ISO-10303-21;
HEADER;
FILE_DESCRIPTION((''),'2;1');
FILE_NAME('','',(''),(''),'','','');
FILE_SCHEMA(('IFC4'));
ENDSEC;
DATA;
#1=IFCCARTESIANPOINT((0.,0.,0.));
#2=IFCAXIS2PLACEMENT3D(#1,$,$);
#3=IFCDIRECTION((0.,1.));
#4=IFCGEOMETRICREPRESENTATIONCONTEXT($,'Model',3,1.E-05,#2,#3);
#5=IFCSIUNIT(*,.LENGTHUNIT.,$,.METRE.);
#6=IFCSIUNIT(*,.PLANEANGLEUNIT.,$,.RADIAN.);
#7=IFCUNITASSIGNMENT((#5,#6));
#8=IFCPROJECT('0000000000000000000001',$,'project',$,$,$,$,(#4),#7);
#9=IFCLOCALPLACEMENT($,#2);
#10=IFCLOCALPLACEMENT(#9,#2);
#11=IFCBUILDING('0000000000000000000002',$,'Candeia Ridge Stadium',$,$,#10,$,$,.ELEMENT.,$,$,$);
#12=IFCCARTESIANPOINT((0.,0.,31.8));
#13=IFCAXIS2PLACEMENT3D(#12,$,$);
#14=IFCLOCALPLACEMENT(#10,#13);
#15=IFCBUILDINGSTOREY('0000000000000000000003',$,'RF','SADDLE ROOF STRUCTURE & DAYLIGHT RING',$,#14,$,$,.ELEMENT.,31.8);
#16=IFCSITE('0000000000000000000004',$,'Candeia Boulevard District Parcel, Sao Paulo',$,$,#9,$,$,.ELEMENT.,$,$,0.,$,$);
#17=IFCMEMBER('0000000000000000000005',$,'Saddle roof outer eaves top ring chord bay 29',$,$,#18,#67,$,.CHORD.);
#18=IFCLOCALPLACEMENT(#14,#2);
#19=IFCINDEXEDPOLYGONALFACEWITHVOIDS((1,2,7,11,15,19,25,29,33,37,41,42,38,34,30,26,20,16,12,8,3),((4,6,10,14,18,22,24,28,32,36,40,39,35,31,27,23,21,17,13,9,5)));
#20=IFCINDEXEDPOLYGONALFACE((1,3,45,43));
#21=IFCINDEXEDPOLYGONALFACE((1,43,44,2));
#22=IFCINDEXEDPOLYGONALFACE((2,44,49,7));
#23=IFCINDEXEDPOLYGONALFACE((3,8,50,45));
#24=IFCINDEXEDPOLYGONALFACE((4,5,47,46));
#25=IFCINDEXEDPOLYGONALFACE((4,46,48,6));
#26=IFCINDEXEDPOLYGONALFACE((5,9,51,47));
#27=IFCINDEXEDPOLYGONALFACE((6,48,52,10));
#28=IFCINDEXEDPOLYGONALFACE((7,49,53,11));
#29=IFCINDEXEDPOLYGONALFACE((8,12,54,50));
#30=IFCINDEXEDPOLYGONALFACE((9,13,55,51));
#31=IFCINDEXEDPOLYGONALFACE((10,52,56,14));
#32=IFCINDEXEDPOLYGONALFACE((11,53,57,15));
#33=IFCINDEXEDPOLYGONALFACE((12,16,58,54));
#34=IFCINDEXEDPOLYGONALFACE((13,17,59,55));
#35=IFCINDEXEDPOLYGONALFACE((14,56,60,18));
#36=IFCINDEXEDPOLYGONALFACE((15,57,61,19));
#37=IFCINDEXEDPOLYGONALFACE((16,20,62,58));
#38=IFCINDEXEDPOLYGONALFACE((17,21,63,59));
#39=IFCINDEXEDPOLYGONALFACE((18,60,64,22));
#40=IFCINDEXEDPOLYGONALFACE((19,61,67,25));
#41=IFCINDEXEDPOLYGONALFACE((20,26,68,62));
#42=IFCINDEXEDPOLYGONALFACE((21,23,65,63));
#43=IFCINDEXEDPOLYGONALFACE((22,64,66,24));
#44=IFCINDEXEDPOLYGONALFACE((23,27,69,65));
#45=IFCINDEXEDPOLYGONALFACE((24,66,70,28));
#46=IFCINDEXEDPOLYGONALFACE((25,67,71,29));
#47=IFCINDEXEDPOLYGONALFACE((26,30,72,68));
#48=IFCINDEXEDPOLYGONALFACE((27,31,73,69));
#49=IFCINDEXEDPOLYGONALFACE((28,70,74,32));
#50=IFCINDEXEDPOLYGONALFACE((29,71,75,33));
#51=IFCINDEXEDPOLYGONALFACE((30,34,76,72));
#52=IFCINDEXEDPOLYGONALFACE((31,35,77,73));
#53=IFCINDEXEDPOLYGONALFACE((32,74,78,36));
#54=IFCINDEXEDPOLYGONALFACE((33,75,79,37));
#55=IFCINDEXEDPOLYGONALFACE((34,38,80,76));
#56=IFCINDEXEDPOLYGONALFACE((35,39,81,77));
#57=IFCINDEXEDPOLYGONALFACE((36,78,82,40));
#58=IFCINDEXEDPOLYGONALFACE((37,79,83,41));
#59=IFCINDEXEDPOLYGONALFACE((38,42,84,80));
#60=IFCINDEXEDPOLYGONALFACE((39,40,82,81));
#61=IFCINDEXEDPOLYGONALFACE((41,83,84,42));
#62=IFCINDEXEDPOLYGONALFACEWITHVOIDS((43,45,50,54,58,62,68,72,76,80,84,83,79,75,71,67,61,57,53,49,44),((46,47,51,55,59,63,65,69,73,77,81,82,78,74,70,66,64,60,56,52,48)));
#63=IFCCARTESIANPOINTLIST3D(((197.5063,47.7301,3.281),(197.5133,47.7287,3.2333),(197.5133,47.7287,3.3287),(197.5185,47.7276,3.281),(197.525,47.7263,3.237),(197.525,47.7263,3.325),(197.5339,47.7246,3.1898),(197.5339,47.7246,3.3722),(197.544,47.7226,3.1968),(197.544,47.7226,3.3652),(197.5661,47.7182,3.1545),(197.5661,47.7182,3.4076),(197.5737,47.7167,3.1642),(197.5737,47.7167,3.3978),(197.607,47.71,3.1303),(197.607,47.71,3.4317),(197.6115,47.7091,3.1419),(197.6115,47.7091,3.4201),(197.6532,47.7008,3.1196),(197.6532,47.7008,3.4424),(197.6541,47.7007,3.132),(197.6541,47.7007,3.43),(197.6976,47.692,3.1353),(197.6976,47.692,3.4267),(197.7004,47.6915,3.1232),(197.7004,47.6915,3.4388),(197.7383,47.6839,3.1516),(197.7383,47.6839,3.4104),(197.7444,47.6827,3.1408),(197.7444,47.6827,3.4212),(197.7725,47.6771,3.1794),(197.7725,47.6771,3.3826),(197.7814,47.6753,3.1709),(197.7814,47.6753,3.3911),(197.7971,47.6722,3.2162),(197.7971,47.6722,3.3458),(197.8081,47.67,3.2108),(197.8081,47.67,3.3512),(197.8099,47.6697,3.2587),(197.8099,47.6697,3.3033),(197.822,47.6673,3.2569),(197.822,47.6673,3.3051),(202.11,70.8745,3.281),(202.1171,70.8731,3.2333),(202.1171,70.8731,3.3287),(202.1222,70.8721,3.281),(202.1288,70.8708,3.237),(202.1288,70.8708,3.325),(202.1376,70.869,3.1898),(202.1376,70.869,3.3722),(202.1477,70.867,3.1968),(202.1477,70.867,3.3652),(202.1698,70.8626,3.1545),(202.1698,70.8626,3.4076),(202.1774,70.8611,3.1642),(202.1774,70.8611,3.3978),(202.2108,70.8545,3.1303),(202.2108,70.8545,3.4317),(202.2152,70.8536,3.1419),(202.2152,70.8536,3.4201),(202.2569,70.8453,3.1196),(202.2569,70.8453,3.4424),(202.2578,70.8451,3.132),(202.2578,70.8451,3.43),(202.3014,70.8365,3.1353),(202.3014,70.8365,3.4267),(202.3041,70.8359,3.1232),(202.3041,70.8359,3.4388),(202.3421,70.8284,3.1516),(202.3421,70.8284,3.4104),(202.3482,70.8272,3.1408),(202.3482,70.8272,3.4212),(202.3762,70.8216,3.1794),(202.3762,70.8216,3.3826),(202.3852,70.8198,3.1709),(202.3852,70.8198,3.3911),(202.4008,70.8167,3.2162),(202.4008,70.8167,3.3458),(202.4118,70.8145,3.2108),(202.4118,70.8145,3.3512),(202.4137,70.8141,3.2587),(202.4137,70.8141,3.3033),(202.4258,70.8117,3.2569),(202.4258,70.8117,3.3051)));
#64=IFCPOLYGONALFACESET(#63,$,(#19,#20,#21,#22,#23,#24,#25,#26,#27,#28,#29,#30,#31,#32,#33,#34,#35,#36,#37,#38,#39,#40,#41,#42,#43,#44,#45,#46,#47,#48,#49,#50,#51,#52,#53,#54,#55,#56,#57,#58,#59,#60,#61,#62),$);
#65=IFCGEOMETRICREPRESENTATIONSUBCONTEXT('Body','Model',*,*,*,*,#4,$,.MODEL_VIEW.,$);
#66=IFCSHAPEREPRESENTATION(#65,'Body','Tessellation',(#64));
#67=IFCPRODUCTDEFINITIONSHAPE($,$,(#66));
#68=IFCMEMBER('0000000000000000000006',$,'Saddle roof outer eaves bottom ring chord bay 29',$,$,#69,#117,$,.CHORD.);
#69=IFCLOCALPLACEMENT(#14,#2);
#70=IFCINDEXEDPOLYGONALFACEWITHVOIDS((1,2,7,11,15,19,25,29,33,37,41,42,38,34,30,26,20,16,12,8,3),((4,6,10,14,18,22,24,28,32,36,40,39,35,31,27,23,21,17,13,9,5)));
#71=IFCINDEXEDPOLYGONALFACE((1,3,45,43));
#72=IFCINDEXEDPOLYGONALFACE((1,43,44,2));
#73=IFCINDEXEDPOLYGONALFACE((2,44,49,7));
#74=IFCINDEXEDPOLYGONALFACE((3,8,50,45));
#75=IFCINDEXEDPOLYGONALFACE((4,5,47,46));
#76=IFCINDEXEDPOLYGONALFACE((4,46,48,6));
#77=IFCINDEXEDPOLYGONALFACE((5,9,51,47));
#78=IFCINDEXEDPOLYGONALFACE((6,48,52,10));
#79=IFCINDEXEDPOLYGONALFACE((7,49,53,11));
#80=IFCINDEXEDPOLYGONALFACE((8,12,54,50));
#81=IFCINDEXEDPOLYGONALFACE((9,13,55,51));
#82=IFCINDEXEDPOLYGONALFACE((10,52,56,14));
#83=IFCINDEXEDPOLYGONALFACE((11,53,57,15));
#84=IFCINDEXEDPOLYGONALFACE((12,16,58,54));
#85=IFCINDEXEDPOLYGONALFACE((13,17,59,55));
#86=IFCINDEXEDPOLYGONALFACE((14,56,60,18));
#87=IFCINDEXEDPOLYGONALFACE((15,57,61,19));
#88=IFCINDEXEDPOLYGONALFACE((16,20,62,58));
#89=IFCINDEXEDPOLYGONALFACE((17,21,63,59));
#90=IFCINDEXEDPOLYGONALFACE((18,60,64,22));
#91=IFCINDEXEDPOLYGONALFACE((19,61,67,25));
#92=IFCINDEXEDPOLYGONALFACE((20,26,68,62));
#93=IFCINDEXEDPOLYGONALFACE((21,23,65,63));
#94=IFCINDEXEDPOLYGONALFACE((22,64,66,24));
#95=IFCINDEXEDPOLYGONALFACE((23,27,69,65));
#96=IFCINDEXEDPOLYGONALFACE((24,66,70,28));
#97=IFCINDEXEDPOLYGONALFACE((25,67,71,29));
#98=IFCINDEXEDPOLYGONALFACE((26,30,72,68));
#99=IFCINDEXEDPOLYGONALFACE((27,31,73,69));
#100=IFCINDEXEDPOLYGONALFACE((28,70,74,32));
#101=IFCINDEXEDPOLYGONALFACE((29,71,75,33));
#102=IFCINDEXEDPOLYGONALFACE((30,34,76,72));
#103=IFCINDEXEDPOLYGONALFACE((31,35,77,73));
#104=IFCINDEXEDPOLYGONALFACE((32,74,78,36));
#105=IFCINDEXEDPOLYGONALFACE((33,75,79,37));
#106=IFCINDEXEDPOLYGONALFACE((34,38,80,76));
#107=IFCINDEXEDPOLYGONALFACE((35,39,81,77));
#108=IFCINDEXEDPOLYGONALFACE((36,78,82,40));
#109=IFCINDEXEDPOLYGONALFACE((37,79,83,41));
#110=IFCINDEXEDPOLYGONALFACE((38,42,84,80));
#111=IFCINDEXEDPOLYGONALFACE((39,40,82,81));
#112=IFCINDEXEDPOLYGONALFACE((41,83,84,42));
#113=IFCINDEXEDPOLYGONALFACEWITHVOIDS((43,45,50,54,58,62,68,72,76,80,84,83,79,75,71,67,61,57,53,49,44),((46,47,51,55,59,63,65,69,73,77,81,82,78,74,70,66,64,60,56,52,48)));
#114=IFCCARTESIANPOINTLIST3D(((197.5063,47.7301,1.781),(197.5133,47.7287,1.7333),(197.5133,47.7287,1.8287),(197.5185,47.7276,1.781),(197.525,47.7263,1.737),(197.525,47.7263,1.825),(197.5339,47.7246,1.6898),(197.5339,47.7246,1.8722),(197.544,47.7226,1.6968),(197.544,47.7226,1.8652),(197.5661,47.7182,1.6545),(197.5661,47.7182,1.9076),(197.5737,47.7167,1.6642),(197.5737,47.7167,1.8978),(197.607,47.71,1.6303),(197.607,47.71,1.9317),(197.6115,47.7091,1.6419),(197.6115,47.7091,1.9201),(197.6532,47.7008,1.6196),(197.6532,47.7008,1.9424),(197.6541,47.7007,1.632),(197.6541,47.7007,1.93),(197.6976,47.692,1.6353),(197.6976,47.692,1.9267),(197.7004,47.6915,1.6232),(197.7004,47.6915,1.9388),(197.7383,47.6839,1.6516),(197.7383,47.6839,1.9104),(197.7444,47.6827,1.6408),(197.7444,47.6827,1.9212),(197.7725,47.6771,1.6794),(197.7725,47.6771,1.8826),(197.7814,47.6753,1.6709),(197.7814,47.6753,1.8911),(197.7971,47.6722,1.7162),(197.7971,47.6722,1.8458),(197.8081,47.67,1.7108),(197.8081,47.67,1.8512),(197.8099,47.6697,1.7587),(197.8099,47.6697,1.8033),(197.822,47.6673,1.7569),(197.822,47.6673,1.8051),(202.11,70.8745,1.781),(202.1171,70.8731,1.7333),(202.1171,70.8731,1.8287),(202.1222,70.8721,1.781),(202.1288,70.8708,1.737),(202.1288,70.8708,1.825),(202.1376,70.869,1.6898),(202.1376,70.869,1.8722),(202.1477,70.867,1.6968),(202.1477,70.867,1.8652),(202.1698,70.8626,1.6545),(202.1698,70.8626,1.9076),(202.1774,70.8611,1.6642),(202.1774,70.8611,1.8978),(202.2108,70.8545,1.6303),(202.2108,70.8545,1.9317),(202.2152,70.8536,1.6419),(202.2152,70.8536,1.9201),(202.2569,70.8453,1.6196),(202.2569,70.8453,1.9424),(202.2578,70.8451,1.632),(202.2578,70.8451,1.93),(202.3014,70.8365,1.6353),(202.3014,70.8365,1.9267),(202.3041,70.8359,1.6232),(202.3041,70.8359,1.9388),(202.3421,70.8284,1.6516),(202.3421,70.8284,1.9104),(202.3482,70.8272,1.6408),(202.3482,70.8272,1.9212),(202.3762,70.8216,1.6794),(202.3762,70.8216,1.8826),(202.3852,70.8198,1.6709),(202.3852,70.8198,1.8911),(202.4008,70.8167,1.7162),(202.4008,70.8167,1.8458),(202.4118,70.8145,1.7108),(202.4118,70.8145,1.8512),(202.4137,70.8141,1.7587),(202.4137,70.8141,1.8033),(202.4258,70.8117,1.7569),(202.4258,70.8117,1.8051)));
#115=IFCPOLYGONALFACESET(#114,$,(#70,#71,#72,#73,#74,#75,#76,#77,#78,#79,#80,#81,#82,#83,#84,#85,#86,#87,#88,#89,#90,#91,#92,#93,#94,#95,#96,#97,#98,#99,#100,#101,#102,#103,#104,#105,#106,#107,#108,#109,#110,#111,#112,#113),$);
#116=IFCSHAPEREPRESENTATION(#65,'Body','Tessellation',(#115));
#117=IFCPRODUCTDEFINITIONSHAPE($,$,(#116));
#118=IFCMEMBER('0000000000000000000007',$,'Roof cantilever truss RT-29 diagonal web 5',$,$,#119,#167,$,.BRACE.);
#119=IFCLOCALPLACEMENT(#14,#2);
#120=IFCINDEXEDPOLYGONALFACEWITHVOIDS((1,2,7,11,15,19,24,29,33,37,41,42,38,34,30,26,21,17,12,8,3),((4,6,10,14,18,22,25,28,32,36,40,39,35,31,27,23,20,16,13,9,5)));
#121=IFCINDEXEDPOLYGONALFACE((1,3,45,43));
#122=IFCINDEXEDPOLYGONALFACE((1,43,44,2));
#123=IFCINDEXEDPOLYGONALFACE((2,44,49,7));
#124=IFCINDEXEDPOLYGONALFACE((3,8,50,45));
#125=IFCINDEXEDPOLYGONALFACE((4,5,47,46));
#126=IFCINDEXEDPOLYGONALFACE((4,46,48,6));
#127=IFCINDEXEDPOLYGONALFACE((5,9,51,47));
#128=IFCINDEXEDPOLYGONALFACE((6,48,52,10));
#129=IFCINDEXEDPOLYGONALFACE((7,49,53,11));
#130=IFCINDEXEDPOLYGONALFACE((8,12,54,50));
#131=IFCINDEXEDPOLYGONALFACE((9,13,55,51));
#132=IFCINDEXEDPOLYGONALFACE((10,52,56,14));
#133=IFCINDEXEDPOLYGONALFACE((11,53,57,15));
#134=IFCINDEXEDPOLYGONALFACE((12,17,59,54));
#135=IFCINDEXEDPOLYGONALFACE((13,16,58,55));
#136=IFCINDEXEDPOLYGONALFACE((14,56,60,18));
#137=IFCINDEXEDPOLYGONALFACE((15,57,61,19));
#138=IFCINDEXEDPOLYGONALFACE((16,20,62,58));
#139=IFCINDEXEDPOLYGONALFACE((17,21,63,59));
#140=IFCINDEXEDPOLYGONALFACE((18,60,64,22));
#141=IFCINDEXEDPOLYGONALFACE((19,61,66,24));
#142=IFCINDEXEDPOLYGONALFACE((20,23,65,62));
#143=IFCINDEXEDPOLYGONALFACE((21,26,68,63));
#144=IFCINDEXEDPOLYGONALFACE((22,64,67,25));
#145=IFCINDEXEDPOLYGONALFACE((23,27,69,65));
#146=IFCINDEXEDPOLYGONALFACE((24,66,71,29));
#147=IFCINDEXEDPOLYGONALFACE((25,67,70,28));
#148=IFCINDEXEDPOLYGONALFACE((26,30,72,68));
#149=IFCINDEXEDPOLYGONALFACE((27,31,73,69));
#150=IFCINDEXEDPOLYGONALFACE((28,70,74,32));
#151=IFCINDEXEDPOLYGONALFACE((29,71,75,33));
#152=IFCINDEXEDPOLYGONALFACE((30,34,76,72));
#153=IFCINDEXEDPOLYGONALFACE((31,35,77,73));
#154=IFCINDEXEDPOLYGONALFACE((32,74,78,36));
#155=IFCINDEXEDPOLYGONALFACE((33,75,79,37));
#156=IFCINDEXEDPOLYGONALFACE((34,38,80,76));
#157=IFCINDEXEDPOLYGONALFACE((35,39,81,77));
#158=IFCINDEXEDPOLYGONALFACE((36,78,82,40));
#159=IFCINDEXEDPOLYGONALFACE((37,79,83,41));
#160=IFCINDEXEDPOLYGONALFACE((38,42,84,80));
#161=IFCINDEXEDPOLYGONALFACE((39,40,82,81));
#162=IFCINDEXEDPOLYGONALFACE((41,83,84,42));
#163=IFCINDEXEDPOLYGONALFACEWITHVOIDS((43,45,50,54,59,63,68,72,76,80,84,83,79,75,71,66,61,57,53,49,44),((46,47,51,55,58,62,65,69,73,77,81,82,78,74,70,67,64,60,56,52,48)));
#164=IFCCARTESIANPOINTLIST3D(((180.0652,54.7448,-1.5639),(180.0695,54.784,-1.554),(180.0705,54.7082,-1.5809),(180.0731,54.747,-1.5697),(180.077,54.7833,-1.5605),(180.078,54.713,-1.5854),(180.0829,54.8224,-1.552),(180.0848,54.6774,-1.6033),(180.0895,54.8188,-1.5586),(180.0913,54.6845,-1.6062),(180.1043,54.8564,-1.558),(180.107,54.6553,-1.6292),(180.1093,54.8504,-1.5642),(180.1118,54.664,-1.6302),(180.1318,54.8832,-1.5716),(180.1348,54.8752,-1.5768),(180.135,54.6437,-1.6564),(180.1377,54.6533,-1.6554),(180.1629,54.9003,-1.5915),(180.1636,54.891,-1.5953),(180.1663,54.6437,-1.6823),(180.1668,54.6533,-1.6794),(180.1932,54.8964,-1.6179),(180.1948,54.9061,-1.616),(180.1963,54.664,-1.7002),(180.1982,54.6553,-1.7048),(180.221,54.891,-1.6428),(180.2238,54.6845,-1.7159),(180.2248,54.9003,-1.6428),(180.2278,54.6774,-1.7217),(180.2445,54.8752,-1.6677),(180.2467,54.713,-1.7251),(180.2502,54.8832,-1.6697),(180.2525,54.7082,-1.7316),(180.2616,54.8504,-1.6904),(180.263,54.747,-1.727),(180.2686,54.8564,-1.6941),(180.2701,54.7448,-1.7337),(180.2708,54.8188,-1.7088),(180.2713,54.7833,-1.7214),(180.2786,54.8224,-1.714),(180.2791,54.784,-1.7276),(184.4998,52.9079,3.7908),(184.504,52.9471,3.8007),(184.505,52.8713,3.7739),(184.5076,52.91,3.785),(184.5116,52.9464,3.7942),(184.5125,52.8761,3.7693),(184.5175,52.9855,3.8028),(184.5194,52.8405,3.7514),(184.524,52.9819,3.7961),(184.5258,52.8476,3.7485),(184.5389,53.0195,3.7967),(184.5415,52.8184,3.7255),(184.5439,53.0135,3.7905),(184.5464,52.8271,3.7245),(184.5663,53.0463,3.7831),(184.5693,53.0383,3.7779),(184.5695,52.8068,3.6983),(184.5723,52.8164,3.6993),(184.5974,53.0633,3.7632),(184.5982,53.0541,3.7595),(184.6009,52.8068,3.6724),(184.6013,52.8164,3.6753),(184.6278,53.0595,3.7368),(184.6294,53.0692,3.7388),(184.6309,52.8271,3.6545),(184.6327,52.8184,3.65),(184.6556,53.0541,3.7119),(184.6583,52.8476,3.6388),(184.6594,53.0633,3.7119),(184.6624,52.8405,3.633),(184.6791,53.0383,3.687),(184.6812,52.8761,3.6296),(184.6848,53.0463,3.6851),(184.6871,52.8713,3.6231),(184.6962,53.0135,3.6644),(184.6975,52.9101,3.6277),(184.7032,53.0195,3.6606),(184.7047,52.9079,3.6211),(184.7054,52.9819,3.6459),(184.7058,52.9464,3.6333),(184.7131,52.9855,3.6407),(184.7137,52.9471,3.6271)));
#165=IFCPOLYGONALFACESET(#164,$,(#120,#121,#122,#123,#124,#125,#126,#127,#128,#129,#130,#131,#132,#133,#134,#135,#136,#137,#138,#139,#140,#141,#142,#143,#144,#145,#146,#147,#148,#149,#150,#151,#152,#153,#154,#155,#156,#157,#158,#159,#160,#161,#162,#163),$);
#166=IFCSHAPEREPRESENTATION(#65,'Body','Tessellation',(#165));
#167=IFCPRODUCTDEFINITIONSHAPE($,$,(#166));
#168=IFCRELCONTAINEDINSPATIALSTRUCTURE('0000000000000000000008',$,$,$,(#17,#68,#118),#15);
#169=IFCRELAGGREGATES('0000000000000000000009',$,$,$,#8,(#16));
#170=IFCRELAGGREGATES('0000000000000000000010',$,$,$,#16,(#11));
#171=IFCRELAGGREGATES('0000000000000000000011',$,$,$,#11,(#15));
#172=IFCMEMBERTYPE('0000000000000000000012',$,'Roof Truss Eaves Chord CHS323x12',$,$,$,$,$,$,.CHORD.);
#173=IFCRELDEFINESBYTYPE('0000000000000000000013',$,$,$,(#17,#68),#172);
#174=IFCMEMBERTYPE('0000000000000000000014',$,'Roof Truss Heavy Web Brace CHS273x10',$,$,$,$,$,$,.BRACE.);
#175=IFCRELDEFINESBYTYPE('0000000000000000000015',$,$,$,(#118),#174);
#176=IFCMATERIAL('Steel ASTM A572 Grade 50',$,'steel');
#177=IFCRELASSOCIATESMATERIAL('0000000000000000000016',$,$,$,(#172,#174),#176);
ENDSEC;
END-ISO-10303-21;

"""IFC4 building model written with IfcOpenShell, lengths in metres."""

from ifc_helpers import new_model, si_unit, direction, frame, origin, origin_2d, place, context, subcontext, project, spatial, hollow_circle, extrude, material, material_profile, profile_set, type_object, element, save


model = new_model("IFC4")

# Units and contexts
model_context = context("Model", 3, precision=1e-05, world=origin(), true_north=direction((0.0, 1.0)))
body_context = subcontext(model_context, "Body", "Model", "MODEL_VIEW")
ifc_project = project(units=[si_unit("LENGTHUNIT", "METRE"), si_unit("PLANEANGLEUNIT", "RADIAN")], contexts=[model_context])

# Site, building, storey
site_placement = place(None, origin())
site = spatial("IfcSite", under=ifc_project, at=site_placement, Name="Candeia Boulevard District Parcel, Sao Paulo", CompositionType="ELEMENT", RefElevation=0.0)
building_placement = place(site_placement, origin())
building = spatial("IfcBuilding", under=site, at=building_placement, Name="Candeia Ridge Stadium", CompositionType="ELEMENT")
storey_placement = place(building_placement, frame((0.0, 0.0, 31.8)))
storey = spatial("IfcBuildingStorey", under=building, at=storey_placement, Name="RF", Description="SADDLE ROOF STRUCTURE & DAYLIGHT RING", CompositionType="ELEMENT", Elevation=31.8)

# Shared definitions
ifc_material = material(Name="Steel ASTM A572 Grade 50", Category="steel")

# Members
ifc_material_profile_1 = material_profile(ifc_material, hollow_circle(Radius=0.1619, WallThickness=0.0125, at=origin_2d()), Name="CHS323x12", Category="steel")
ifc_profile_set_1 = profile_set([ifc_material_profile_1], Name="Steel ASTM A572 Grade 50")
member_type_1 = type_object("IfcMemberType", Name="Roof Truss Eaves Chord CHS323x12", PredefinedType="CHORD", material=ifc_profile_set_1)
for number, where, z_axis, x_axis, name in (
    (1, (197.665, 47.6985, 3.281), (0.195091, 0.980785, 0.0), (-0.980785, 0.195091, 0.0), "Saddle roof outer eaves top ring chord bay 29"),
    (2, (197.665, 47.6985, 1.781), (0.195091, 0.980785, 0.0), (-0.980785, 0.195091, 0.0), "Saddle roof outer eaves bottom ring chord bay 29"),
):
    element("IfcMember", number, at=place(storey_placement, frame(where, z_axis=z_axis, x_axis=x_axis)), inside=storey, type_object=member_type_1, Name=name, PredefinedType="CHORD", context=body_context, shape_type="SweptSolid", body=[
        extrude(hollow_circle(Radius=0.1619, WallThickness=0.0125, at=origin_2d()), origin(), (0.0, 0.0, 1.0), 23.5979),
    ])
ifc_material_profile_2 = material_profile(ifc_material, hollow_circle(Radius=0.1365, WallThickness=0.01, at=origin_2d()), Name="CHS273x10", Category="steel")
ifc_profile_set_2 = profile_set([ifc_material_profile_2], Name="Steel ASTM A572 Grade 50")
member_type_2 = type_object("IfcMemberType", Name="Roof Truss Heavy Web Brace CHS273x10", PredefinedType="BRACE", material=ifc_profile_set_2)
member_1_placement = place(storey_placement, frame((180.1726, 54.7742, -1.6428), z_axis=(0.616669, -0.25544, 0.744627), x_axis=(0.382693, 0.923875, 0.0)))
element("IfcMember", 3, at=member_1_placement, inside=storey, type_object=member_type_2, Name="Roof cantilever truss RT-29 diagonal web 5", PredefinedType="BRACE", context=body_context, shape_type="SweptSolid", body=[
    extrude(hollow_circle(Radius=0.1365, WallThickness=0.01, at=origin_2d()), origin(), (0.0, 0.0, 1.0), 7.1912),
])

save(model, "model.ifc")
